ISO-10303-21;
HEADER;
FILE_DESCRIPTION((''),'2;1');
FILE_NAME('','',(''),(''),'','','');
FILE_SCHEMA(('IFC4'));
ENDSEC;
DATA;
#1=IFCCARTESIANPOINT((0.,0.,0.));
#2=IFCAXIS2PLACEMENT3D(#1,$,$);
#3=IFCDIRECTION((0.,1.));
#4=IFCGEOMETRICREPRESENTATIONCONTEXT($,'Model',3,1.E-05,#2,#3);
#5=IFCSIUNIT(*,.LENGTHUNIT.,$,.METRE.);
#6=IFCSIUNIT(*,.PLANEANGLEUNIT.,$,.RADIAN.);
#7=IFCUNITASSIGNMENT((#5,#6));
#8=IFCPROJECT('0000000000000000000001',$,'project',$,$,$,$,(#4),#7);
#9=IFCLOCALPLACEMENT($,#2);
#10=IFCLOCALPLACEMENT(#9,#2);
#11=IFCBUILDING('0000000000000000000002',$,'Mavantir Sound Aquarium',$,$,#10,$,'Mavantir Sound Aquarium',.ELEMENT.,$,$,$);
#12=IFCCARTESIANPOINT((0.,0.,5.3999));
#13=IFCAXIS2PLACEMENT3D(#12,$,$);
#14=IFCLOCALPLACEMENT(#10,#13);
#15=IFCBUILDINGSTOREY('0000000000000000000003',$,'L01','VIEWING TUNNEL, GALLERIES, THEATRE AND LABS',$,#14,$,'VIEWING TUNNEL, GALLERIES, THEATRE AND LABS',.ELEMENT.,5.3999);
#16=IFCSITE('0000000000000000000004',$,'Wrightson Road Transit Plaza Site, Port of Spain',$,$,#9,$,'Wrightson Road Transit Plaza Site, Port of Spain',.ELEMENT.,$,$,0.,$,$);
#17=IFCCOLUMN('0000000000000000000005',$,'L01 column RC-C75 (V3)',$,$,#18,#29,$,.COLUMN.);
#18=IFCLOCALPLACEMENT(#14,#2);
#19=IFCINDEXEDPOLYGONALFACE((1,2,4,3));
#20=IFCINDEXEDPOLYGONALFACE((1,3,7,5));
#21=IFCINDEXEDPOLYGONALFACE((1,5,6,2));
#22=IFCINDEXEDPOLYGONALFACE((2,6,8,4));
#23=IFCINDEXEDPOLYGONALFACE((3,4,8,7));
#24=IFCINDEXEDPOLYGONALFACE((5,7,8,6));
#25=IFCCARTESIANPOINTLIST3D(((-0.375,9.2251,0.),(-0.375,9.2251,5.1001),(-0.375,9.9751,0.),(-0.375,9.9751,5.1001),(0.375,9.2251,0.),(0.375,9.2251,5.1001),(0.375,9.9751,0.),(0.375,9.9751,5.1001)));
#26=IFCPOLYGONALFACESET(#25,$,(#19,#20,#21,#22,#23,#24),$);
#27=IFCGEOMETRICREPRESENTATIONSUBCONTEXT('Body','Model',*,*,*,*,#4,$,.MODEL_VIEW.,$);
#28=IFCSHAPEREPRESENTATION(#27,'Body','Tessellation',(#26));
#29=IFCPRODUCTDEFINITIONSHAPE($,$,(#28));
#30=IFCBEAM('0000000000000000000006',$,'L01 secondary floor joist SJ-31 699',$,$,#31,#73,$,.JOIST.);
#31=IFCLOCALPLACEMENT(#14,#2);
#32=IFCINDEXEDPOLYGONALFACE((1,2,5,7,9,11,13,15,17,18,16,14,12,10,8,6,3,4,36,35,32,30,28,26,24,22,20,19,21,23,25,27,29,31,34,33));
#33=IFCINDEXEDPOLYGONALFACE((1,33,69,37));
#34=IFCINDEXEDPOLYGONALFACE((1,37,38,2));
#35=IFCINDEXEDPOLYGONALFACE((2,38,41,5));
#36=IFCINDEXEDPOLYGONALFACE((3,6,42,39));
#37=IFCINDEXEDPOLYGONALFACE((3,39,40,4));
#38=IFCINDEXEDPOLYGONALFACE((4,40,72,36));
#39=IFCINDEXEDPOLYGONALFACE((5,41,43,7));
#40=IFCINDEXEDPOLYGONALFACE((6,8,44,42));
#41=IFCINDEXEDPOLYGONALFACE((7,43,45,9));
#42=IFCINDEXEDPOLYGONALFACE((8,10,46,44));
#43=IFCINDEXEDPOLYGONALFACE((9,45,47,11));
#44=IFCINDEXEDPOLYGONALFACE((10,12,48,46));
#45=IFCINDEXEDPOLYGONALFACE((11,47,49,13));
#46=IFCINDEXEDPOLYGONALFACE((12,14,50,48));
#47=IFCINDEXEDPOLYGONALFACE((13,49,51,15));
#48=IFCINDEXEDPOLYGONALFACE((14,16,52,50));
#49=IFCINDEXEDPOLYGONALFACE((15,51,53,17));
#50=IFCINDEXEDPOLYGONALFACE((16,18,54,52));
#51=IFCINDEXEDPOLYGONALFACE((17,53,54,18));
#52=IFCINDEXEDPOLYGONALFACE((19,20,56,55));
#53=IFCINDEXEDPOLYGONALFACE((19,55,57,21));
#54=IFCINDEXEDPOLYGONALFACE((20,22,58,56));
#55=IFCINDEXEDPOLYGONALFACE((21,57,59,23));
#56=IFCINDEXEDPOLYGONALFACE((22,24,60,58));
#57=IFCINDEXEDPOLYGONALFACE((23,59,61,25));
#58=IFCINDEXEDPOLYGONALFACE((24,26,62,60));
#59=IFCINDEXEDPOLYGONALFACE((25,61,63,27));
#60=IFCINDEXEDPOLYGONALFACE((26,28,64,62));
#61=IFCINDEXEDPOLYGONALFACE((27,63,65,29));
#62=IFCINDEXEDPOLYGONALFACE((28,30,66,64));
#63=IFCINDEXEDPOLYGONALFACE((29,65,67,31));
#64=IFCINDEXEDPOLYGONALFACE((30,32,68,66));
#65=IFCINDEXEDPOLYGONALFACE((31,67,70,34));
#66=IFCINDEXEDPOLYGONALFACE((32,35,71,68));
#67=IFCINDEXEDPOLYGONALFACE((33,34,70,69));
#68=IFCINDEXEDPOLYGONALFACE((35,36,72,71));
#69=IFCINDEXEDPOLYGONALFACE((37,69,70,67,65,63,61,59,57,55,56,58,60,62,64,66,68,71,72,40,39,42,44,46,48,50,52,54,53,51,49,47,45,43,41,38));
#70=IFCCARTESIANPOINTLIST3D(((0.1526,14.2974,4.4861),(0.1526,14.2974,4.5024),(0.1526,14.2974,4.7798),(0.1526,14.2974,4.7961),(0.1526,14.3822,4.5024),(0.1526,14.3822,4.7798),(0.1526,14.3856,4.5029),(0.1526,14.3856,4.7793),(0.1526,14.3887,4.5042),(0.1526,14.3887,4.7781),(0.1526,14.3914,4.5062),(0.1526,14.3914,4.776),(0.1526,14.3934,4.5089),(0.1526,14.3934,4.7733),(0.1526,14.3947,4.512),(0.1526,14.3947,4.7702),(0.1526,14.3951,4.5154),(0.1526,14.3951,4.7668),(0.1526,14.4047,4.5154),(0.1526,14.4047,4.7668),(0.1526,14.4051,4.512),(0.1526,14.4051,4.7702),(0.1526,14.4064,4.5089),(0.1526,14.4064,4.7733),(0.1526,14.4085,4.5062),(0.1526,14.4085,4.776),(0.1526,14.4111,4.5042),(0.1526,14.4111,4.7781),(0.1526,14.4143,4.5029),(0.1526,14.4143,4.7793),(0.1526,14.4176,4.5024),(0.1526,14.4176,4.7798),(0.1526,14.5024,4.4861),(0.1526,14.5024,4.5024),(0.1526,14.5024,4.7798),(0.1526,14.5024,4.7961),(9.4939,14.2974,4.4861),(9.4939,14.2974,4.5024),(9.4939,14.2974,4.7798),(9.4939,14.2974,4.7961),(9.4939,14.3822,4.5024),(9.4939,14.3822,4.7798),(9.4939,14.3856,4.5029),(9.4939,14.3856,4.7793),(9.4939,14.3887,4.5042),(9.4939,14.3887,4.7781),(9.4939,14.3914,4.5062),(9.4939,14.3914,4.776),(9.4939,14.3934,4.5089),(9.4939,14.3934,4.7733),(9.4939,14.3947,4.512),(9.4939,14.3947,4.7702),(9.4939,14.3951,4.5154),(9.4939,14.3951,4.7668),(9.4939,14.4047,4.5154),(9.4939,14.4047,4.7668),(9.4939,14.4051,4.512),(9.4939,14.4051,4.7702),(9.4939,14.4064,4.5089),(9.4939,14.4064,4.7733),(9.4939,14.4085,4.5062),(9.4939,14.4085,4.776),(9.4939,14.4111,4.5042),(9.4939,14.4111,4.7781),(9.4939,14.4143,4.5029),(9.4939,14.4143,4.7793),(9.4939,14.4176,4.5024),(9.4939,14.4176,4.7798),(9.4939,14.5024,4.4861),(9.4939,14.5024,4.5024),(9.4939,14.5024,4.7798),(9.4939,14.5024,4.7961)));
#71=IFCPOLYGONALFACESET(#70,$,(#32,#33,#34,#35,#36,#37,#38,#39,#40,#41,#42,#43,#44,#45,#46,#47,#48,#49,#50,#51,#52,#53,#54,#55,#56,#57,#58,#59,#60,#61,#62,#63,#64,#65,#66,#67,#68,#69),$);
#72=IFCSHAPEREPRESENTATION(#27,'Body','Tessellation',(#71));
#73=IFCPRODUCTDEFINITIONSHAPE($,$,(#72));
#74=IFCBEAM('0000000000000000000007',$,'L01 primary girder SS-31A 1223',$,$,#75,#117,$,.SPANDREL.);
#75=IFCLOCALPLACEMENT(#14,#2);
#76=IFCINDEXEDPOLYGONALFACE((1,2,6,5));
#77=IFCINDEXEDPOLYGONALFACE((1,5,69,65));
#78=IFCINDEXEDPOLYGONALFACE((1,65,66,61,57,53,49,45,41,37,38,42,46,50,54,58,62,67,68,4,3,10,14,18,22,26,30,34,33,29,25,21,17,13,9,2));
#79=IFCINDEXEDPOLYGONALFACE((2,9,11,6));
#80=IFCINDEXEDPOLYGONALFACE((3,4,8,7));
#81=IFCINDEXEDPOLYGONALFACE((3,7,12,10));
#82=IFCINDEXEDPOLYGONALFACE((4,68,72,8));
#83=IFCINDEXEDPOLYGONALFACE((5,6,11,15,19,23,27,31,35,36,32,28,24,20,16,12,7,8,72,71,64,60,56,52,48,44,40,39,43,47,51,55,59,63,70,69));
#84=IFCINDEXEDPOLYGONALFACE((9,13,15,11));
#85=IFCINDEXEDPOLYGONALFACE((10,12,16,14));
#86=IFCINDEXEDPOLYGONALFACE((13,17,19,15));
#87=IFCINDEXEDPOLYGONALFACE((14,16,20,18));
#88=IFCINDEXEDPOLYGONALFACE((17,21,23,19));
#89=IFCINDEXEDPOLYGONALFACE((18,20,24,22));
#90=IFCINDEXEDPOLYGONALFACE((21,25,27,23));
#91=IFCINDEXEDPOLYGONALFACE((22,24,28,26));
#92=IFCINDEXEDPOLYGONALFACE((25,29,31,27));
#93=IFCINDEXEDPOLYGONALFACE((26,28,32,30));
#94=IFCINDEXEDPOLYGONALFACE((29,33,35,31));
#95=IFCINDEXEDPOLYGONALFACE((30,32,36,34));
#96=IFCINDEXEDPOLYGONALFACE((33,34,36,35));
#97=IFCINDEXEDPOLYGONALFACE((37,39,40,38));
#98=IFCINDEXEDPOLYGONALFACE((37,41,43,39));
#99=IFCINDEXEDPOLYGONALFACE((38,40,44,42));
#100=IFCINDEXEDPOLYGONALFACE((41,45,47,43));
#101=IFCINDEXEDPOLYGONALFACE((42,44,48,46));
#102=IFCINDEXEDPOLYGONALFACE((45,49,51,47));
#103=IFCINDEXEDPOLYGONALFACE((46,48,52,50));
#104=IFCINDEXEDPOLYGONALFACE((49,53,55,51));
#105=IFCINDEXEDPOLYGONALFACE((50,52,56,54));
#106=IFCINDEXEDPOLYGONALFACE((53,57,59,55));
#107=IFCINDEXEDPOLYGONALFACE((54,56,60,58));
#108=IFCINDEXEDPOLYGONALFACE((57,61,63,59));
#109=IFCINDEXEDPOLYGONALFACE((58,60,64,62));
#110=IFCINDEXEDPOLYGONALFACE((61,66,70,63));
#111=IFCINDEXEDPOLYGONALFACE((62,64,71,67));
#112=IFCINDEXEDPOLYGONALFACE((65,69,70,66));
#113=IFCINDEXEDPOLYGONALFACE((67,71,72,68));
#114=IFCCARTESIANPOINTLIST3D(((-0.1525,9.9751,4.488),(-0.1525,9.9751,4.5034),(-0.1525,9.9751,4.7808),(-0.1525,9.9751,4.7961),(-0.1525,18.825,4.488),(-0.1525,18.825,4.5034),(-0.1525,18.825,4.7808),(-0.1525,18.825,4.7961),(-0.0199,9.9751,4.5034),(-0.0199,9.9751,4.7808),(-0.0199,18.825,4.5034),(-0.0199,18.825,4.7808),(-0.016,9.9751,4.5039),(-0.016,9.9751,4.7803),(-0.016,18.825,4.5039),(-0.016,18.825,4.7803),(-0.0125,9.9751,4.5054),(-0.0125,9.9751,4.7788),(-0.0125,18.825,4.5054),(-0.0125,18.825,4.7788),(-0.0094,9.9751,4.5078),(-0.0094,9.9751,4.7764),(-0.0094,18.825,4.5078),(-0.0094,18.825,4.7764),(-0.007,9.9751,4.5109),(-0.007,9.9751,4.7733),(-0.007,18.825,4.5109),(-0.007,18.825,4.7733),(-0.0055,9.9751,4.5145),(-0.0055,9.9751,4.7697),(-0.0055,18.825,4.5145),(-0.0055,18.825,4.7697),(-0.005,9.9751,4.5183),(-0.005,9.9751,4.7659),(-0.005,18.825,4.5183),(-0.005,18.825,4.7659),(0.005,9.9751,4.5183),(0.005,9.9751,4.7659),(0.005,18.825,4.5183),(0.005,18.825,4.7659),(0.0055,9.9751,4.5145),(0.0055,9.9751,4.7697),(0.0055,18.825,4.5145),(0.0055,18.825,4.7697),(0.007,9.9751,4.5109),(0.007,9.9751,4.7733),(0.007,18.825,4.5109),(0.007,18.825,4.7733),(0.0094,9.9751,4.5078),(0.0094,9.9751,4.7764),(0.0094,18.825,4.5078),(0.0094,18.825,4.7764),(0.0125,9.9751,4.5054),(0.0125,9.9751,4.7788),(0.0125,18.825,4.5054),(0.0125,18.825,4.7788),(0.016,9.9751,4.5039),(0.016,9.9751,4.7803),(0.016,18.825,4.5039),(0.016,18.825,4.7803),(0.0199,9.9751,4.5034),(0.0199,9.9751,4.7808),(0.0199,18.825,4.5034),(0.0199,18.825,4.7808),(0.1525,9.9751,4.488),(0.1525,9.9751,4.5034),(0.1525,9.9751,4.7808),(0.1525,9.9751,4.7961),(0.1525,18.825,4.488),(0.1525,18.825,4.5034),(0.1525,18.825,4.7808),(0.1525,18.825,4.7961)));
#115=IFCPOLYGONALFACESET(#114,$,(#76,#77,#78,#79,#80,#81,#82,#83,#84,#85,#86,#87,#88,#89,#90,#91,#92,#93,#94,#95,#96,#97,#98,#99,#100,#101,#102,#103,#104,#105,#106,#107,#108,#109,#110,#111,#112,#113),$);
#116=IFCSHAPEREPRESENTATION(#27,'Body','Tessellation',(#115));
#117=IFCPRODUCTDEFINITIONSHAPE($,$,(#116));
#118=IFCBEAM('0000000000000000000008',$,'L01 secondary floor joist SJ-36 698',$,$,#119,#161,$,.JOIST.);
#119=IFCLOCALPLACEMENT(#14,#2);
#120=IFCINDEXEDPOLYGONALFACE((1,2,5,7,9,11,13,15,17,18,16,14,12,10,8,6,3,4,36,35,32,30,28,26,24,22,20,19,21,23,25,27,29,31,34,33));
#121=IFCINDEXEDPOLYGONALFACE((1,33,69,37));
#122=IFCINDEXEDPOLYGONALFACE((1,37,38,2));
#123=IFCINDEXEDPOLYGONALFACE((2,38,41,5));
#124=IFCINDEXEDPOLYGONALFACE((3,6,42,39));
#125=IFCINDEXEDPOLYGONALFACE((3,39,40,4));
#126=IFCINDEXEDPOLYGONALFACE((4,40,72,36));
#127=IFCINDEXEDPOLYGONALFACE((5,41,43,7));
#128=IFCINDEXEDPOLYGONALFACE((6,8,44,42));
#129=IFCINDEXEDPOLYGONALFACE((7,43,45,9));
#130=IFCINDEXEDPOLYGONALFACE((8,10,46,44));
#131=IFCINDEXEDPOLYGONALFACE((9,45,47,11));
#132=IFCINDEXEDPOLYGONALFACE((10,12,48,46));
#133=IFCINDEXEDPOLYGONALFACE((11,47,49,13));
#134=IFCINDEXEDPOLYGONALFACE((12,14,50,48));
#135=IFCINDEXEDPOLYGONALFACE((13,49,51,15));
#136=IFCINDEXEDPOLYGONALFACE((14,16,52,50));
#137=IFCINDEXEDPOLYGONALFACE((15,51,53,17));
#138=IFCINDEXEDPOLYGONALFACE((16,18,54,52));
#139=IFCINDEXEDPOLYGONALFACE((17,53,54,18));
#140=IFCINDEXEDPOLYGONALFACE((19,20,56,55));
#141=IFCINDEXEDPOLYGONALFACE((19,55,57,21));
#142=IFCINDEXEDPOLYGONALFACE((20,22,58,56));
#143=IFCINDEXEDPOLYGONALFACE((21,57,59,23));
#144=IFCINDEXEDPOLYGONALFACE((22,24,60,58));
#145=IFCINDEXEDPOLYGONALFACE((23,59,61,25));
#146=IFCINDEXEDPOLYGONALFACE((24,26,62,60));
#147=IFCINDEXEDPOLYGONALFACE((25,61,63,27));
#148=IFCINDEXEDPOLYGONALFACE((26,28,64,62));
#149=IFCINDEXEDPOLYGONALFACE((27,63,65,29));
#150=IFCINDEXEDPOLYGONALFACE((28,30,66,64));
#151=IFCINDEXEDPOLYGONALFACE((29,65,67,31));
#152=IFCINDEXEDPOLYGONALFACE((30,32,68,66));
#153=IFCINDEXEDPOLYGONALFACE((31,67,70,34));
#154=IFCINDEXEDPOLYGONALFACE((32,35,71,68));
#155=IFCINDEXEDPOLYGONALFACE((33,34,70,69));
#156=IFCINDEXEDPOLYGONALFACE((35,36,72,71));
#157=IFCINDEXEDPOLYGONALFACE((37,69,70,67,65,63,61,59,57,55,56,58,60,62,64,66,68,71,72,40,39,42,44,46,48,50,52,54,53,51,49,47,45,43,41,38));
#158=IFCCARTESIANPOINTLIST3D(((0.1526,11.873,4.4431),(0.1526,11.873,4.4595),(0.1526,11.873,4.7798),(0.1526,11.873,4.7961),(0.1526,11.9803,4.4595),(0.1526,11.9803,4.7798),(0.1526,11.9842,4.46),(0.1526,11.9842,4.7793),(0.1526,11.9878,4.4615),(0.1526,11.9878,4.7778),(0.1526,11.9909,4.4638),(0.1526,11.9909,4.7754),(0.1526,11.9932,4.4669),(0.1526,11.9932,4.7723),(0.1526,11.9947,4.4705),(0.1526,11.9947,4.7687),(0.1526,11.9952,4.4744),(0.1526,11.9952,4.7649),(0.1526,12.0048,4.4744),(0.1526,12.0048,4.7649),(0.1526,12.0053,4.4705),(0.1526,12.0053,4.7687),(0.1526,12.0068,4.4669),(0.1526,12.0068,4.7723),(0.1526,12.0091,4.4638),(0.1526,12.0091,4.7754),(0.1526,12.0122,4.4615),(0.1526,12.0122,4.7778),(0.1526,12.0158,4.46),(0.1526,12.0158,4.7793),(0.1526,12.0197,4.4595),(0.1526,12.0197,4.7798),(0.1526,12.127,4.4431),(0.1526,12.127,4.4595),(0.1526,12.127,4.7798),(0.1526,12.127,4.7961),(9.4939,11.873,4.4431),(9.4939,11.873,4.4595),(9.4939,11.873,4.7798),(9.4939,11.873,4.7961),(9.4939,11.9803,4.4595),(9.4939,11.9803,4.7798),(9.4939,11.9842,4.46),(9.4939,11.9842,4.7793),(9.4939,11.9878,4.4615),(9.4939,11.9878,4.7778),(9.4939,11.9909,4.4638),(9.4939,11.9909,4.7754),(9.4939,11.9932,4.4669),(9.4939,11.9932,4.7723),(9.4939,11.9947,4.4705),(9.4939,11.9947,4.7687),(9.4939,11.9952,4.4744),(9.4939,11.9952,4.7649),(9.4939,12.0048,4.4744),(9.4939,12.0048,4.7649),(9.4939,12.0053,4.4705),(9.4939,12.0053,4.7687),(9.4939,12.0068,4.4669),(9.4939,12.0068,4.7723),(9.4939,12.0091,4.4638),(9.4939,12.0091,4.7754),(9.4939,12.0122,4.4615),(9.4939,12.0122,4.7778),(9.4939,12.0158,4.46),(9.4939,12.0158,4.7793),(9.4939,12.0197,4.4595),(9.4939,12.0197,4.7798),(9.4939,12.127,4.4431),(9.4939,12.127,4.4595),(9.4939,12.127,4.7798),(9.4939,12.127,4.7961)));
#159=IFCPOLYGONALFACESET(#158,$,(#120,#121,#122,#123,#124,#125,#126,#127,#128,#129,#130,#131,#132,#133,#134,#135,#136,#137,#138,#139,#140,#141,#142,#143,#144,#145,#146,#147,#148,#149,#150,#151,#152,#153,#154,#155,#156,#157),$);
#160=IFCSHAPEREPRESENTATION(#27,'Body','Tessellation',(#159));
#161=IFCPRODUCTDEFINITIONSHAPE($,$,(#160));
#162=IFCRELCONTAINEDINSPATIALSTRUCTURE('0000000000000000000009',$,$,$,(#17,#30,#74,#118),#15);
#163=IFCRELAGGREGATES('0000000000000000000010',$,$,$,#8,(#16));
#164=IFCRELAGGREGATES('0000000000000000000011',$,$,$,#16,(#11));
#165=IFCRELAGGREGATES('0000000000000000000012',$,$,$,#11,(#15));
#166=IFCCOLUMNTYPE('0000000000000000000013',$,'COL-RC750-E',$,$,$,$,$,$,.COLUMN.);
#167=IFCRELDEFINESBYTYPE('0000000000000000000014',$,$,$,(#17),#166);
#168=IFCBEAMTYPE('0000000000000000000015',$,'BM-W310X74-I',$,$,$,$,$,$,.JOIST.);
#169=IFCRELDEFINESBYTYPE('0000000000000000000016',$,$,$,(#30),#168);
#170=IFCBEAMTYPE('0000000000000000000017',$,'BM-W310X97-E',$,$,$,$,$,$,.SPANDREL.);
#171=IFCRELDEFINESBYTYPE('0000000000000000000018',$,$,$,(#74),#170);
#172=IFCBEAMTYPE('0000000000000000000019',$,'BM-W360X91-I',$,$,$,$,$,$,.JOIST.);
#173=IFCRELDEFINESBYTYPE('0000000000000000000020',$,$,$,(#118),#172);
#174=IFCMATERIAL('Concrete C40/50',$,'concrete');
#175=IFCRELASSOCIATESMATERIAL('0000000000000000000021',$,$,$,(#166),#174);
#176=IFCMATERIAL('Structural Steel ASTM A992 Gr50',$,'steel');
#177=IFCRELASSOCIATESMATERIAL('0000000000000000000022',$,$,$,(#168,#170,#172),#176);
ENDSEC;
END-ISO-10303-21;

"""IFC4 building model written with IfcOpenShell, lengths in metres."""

from ifc_helpers import new_model, si_unit, direction, frame, origin, origin_2d, place, context, subcontext, project, spatial, rectangle, i_section, extrude, material, material_profile, profile_set, type_object, element, save


model = new_model("IFC4")

# Units and contexts
model_context = context("Model", 3, precision=1e-05, world=origin(), true_north=direction((0.0, 1.0)))
body_context = subcontext(model_context, "Body", "Model", "MODEL_VIEW")
ifc_project = project(units=[si_unit("LENGTHUNIT", "METRE"), si_unit("PLANEANGLEUNIT", "RADIAN")], contexts=[model_context])

# Site, building, storey
site_placement = place(None, origin())
site = spatial("IfcSite", under=ifc_project, at=site_placement, Name="Wrightson Road Transit Plaza Site, Port of Spain", LongName="Wrightson Road Transit Plaza Site, Port of Spain", CompositionType="ELEMENT", RefElevation=0.0)
building_placement = place(site_placement, origin())
building = spatial("IfcBuilding", under=site, at=building_placement, Name="Mavantir Sound Aquarium", LongName="Mavantir Sound Aquarium", CompositionType="ELEMENT")
storey_placement = place(building_placement, frame((0.0, 0.0, 5.3999)))
storey = spatial("IfcBuildingStorey", under=building, at=storey_placement, Name="L01", Description="VIEWING TUNNEL, GALLERIES, THEATRE AND LABS", LongName="VIEWING TUNNEL, GALLERIES, THEATRE AND LABS", CompositionType="ELEMENT", Elevation=5.3999)

# Column
ifc_material_1 = material(Name="Concrete C40/50", Category="concrete")
ifc_material_profile_1 = material_profile(ifc_material_1, rectangle(XDim=0.75, YDim=0.75, at=origin_2d()), Name="RC 750X750")
ifc_profile_set_1 = profile_set([ifc_material_profile_1], Name="Concrete C40/50")
column_type = type_object("IfcColumnType", Name="COL-RC750-E", PredefinedType="COLUMN", material=ifc_profile_set_1)
column_placement = place(storey_placement, frame((0.0, 9.6001, 0.0), z_axis=(0.0, 0.0, 1.0), x_axis=(1.0, 0.0, 0.0)))
element("IfcColumn", 1, at=column_placement, inside=storey, type_object=column_type, Name="L01 column RC-C75 (V3)", PredefinedType="COLUMN", context=body_context, shape_type="SweptSolid", body=[
    extrude(rectangle(XDim=0.75, YDim=0.75, at=origin_2d()), origin(), (0.0, 0.0, 1.0), 5.1001),
])

# Beams
ifc_material_2 = material(Name="Structural Steel ASTM A992 Gr50", Category="steel")
ifc_material_profile_2 = material_profile(ifc_material_2, i_section(OverallWidth=0.2051, OverallDepth=0.3101, WebThickness=0.0095, FlangeThickness=0.0164, FilletRadius=0.0129, at=origin_2d()), Name="W310X74")
ifc_profile_set_2 = profile_set([ifc_material_profile_2], Name="Structural Steel ASTM A992 Gr50")
beam_type_1 = type_object("IfcBeamType", Name="BM-W310X74-I", PredefinedType="JOIST", material=ifc_profile_set_2)
beam_1_placement = place(storey_placement, frame((0.1526, 14.3999, 4.6411), z_axis=(1.0, 0.0, 0.0), x_axis=(0.0, 1.0, 0.0)))
element("IfcBeam", 2, at=beam_1_placement, inside=storey, type_object=beam_type_1, Name="L01 secondary floor joist SJ-31 699", PredefinedType="JOIST", context=body_context, shape_type="SweptSolid", body=[
    extrude(i_section(OverallWidth=0.2051, OverallDepth=0.3101, WebThickness=0.0095, FlangeThickness=0.0164, FilletRadius=0.0129, at=origin_2d()), origin(), (0.0, 0.0, 1.0), 9.3413),
])
ifc_material_profile_3 = material_profile(ifc_material_2, i_section(OverallWidth=0.3049, OverallDepth=0.3081, WebThickness=0.01, FlangeThickness=0.0154, FilletRadius=0.0149, at=origin_2d()), Name="W310X97")
ifc_profile_set_3 = profile_set([ifc_material_profile_3], Name="Structural Steel ASTM A992 Gr50")
beam_type_2 = type_object("IfcBeamType", Name="BM-W310X97-E", PredefinedType="SPANDREL", material=ifc_profile_set_3)
beam_2_placement = place(storey_placement, frame((0.0, 9.9751, 4.6421), z_axis=(0.0, 1.0, 0.0), x_axis=(-1.0, 0.0, 0.0)))
element("IfcBeam", 3, at=beam_2_placement, inside=storey, type_object=beam_type_2, Name="L01 primary girder SS-31A 1223", PredefinedType="SPANDREL", context=body_context, shape_type="SweptSolid", body=[
    extrude(i_section(OverallWidth=0.3049, OverallDepth=0.3081, WebThickness=0.01, FlangeThickness=0.0154, FilletRadius=0.0149, at=origin_2d()), origin(), (0.0, 0.0, 1.0), 8.8499),
])
ifc_material_profile_4 = material_profile(ifc_material_2, i_section(OverallWidth=0.2539, OverallDepth=0.353, WebThickness=0.0095, FlangeThickness=0.0164, FilletRadius=0.0149, at=origin_2d()), Name="W360X91")
ifc_profile_set_4 = profile_set([ifc_material_profile_4], Name="Structural Steel ASTM A992 Gr50")
beam_type_3 = type_object("IfcBeamType", Name="BM-W360X91-I", PredefinedType="JOIST", material=ifc_profile_set_4)
beam_3_placement = place(storey_placement, frame((0.1526, 12.0, 4.6196), z_axis=(1.0, 0.0, 0.0), x_axis=(0.0, 1.0, 0.0)))
element("IfcBeam", 4, at=beam_3_placement, inside=storey, type_object=beam_type_3, Name="L01 secondary floor joist SJ-36 698", PredefinedType="JOIST", context=body_context, shape_type="SweptSolid", body=[
    extrude(i_section(OverallWidth=0.2539, OverallDepth=0.353, WebThickness=0.0095, FlangeThickness=0.0164, FilletRadius=0.0149, at=origin_2d()), origin(), (0.0, 0.0, 1.0), 9.3413),
])

save(model, "model.ifc")
